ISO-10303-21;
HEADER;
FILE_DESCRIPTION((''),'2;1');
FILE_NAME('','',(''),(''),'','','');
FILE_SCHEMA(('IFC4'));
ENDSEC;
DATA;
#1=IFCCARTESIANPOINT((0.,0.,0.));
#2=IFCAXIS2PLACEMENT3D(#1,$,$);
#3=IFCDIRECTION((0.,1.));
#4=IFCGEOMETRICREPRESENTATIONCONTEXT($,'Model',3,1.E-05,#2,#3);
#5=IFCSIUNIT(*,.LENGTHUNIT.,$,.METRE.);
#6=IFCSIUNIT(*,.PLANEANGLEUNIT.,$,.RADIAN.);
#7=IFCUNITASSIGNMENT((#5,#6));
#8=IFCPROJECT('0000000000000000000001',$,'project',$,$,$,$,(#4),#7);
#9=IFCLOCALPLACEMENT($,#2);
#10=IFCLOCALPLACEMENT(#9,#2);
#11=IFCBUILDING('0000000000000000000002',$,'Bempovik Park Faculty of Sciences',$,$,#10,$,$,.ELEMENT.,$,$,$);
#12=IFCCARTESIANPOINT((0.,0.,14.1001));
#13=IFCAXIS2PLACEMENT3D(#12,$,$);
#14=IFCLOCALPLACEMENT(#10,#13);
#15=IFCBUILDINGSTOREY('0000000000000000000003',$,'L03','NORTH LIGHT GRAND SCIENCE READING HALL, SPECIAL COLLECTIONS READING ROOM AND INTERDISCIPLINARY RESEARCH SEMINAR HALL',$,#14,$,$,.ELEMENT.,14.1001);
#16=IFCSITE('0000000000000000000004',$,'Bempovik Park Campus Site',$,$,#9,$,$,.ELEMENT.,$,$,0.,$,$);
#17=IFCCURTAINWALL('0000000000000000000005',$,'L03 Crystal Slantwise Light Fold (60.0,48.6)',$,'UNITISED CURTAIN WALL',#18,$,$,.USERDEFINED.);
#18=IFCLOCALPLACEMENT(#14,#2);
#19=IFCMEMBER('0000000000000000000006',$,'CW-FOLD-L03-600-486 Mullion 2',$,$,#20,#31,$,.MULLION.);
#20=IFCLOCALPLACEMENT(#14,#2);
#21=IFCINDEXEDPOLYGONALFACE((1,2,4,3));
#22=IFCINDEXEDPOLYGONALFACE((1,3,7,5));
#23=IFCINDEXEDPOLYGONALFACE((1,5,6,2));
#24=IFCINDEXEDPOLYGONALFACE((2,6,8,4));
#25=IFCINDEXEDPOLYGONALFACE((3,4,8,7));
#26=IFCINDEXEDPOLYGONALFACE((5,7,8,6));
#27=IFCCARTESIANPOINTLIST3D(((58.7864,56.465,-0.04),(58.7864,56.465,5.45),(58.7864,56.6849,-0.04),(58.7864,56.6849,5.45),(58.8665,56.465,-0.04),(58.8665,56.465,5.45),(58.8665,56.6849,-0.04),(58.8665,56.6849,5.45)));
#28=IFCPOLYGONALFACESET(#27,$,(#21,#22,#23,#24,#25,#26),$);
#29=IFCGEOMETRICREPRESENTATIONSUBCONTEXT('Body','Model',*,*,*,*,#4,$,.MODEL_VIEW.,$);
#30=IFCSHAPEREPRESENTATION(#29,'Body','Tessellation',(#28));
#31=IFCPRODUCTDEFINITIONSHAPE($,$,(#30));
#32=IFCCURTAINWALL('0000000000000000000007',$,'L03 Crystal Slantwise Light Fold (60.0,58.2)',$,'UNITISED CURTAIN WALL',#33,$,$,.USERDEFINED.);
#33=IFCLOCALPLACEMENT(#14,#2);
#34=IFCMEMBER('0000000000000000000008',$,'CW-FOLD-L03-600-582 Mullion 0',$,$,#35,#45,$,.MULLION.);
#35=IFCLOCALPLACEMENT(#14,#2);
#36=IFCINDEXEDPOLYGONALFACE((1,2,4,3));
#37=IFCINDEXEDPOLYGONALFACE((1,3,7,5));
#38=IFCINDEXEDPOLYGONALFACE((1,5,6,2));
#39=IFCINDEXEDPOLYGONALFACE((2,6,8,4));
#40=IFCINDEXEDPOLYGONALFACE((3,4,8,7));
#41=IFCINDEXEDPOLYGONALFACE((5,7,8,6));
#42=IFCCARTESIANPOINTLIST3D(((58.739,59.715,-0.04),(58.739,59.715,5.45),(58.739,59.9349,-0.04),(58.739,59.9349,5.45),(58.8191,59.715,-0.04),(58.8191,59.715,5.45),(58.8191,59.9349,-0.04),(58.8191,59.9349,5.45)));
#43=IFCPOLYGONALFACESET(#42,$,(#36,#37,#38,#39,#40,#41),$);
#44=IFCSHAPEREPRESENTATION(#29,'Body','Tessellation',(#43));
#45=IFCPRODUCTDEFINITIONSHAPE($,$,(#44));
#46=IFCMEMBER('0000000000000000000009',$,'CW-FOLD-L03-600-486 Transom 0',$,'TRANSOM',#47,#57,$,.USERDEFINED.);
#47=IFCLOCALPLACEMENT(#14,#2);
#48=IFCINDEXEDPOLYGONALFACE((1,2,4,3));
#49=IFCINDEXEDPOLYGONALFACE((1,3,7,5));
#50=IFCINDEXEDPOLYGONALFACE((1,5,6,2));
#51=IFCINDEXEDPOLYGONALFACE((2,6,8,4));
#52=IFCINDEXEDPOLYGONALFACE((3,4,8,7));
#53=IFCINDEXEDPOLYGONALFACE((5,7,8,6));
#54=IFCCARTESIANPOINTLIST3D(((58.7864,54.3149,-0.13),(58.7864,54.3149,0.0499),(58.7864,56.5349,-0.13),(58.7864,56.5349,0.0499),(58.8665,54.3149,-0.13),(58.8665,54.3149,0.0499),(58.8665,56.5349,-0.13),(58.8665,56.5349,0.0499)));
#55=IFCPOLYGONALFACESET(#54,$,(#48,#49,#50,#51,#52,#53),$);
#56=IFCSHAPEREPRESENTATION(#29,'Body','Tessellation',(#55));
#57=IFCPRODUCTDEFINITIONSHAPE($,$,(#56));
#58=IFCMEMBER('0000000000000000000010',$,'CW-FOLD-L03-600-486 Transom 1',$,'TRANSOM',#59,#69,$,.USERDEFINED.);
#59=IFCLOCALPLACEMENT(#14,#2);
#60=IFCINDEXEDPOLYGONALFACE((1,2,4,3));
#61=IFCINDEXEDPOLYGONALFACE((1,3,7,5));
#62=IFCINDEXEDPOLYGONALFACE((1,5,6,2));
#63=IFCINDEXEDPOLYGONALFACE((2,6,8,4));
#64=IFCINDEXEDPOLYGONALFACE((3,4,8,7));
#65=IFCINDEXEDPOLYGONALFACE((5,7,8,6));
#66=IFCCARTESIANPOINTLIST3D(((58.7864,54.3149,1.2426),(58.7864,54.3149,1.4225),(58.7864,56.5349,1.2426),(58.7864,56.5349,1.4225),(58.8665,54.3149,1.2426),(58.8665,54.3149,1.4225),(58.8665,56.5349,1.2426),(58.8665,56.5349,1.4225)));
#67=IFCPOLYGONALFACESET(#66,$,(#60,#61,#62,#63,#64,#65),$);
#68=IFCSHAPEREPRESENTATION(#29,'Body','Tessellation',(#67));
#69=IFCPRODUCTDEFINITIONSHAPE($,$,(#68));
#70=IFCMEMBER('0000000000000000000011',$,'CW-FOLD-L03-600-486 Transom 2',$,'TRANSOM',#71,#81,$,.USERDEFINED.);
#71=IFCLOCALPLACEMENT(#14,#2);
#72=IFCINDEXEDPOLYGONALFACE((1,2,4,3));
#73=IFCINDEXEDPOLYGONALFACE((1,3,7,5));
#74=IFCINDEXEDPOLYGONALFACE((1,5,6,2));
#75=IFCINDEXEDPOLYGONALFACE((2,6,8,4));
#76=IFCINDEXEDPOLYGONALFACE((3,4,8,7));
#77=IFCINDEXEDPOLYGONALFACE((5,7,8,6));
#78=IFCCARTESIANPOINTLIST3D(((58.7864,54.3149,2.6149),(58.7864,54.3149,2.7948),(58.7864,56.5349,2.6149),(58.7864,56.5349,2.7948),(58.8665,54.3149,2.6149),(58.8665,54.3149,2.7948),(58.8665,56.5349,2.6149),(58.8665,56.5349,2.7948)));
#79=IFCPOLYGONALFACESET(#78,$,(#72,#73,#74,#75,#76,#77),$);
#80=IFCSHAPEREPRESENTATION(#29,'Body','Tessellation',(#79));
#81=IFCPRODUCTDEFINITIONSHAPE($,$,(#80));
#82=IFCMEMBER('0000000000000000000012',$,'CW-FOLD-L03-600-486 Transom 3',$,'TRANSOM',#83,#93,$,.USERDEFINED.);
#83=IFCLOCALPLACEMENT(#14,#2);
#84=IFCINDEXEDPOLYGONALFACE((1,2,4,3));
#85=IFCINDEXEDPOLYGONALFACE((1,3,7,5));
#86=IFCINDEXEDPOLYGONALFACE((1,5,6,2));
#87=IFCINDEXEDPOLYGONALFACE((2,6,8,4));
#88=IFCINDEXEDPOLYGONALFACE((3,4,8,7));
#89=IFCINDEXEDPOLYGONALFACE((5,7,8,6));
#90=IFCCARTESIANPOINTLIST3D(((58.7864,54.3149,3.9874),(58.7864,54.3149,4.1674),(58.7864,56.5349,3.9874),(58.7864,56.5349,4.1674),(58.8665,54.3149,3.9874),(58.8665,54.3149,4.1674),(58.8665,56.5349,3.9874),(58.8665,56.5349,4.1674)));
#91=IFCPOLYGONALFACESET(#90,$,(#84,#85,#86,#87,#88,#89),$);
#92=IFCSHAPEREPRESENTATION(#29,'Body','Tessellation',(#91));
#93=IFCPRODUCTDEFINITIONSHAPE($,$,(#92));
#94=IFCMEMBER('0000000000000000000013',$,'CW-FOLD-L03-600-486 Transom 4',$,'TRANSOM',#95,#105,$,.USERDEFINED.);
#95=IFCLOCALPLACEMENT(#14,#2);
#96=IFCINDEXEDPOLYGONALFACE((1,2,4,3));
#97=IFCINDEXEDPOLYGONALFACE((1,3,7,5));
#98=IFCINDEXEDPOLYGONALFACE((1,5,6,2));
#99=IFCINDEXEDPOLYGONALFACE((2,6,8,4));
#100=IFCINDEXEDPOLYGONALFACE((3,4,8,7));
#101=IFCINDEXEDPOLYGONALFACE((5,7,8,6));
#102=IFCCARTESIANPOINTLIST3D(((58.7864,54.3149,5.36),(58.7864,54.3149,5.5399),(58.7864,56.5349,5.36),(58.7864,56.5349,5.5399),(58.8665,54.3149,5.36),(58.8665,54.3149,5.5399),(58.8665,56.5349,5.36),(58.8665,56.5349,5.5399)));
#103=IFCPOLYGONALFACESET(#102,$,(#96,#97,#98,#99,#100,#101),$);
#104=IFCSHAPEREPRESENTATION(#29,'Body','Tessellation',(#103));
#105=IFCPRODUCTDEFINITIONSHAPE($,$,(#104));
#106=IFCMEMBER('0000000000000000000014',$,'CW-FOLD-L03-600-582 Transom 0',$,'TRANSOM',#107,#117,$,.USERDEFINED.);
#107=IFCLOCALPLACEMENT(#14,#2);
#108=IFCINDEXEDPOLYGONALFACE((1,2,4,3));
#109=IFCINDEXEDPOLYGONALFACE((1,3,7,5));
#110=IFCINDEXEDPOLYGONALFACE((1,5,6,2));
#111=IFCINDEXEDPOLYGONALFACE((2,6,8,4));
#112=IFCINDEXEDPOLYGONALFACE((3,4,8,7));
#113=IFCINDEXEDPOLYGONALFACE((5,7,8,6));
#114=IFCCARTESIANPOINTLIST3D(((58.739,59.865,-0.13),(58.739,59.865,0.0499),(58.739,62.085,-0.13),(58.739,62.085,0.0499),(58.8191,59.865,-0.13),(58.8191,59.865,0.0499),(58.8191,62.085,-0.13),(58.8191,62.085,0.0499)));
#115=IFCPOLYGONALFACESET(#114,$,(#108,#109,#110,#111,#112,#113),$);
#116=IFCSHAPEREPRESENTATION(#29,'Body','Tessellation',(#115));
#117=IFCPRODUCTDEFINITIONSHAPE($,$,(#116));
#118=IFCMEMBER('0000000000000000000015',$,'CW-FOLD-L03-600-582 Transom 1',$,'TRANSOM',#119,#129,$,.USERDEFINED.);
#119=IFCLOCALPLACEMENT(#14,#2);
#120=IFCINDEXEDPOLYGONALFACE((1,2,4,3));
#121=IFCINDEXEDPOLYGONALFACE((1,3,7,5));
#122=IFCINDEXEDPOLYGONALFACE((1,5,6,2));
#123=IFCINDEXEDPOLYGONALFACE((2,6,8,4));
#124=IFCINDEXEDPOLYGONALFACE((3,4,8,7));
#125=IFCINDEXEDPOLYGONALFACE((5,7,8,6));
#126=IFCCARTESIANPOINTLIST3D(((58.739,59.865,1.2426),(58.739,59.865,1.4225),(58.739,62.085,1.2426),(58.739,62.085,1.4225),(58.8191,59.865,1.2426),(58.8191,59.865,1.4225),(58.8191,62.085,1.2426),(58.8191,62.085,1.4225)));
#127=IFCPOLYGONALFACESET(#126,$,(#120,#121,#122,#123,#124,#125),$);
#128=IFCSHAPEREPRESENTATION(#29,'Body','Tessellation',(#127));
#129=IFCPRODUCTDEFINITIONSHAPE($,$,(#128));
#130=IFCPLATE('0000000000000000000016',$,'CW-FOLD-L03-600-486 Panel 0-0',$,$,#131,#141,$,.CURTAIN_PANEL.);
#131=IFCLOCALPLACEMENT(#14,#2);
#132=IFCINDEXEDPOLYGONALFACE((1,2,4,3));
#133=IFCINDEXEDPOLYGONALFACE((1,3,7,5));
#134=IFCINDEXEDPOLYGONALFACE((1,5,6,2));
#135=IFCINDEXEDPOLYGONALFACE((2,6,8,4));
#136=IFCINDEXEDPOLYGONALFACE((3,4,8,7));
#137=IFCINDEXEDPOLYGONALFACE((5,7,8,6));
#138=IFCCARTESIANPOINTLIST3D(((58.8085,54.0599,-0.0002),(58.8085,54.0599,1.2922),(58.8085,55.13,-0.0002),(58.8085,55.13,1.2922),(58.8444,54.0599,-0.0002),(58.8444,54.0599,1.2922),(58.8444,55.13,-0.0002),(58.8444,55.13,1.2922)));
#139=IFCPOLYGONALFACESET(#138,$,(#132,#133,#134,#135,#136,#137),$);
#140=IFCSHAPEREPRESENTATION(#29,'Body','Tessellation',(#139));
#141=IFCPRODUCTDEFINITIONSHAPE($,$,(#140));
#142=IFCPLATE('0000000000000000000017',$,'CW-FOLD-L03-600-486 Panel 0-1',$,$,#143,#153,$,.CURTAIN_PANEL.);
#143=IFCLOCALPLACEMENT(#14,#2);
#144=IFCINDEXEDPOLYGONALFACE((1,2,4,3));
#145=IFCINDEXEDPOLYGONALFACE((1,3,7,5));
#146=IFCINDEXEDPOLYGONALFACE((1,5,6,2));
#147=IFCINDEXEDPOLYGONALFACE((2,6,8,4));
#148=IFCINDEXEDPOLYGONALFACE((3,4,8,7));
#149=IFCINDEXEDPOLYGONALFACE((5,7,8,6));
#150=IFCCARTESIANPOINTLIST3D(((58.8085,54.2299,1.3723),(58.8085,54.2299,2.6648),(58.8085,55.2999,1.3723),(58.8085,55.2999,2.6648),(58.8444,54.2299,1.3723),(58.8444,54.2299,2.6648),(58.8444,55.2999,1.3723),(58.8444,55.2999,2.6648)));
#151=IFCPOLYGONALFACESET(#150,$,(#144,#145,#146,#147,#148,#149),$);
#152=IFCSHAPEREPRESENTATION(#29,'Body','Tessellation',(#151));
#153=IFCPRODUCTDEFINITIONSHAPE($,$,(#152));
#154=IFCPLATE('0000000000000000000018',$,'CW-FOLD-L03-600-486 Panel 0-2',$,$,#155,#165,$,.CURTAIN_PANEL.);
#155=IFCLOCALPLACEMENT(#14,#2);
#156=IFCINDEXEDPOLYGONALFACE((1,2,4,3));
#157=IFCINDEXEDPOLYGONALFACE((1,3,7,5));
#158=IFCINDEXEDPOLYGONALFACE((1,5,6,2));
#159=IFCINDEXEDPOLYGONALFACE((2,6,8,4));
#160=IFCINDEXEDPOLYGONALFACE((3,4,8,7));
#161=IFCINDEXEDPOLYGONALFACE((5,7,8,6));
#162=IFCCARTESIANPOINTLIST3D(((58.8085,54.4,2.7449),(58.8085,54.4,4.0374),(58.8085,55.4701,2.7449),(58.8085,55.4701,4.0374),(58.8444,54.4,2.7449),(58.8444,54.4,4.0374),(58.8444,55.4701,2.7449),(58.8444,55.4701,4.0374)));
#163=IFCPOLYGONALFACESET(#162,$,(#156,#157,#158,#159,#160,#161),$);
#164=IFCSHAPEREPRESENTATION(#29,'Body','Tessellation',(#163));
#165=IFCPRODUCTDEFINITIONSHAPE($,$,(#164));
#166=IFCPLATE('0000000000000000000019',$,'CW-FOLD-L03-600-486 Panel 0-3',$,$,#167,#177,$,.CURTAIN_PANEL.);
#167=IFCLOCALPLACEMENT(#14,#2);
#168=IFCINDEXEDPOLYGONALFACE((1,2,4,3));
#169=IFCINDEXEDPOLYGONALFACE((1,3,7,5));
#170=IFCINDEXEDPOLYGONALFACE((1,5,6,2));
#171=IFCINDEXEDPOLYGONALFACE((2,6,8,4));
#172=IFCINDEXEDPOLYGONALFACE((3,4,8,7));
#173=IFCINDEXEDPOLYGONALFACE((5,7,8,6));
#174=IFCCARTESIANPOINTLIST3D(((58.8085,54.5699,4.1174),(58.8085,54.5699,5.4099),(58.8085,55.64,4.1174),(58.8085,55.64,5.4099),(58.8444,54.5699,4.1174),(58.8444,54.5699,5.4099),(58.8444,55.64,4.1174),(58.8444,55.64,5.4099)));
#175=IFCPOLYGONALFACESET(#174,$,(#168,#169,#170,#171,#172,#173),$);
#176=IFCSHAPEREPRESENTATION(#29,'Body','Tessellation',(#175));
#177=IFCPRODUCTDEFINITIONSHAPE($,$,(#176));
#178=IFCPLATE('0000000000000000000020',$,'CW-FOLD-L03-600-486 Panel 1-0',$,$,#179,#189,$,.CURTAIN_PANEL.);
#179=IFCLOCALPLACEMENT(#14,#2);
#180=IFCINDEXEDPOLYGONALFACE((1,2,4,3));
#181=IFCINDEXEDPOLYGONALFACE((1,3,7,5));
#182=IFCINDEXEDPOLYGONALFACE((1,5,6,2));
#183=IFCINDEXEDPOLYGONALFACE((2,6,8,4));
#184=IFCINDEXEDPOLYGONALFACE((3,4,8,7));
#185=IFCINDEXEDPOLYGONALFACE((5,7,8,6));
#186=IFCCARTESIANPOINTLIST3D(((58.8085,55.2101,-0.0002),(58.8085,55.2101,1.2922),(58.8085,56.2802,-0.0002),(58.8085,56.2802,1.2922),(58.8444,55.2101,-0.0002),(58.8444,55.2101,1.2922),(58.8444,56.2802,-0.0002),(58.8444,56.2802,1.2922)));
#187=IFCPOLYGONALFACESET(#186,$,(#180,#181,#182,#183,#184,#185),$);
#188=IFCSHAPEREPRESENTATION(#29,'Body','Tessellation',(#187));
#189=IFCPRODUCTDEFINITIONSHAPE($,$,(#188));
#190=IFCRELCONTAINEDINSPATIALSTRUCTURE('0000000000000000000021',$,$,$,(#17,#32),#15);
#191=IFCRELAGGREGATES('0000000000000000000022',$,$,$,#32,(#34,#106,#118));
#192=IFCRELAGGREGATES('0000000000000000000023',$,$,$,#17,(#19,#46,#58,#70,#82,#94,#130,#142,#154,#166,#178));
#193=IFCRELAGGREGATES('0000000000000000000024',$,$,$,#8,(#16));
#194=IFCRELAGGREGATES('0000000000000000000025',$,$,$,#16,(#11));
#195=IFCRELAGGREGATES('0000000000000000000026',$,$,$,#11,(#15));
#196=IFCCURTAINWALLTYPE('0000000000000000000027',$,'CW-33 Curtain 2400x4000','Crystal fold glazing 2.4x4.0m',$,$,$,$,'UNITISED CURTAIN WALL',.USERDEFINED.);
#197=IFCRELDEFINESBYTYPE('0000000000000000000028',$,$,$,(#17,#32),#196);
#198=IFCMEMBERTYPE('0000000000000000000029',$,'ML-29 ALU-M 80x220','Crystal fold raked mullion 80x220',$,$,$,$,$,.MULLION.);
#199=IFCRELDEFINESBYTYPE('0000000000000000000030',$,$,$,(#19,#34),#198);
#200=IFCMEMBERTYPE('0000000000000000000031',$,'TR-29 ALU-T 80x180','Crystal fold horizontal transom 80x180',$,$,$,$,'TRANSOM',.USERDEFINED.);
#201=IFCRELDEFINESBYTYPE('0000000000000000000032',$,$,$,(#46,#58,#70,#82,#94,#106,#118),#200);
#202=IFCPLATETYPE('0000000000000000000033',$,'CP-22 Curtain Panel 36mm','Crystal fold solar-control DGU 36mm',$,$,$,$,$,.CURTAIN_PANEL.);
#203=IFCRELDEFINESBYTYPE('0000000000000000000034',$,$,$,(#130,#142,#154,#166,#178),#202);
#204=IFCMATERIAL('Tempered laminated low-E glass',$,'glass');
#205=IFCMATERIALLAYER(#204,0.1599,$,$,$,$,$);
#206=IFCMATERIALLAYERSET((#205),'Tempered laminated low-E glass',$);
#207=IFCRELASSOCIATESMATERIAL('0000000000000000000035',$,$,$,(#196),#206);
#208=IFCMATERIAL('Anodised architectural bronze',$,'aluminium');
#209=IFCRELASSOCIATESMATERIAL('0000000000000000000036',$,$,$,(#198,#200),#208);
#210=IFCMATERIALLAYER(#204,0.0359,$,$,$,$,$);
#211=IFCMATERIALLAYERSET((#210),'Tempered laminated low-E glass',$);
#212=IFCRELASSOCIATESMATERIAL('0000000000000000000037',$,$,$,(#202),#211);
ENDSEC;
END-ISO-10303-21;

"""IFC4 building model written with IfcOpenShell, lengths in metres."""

from ifc_helpers import new_model, si_unit, direction, frame, origin, origin_2d, place, context, subcontext, project, spatial, rectangle, extrude, material, layer, layer_set, material_profile, profile_set, type_object, element, aggregate, save


model = new_model("IFC4")

# Units and contexts
model_context = context("Model", 3, precision=1e-05, world=origin(), true_north=direction((0.0, 1.0)))
body_context = subcontext(model_context, "Body", "Model", "MODEL_VIEW")
ifc_project = project(units=[si_unit("LENGTHUNIT", "METRE"), si_unit("PLANEANGLEUNIT", "RADIAN")], contexts=[model_context])

# Site, building, storey
site_placement = place(None, origin())
site = spatial("IfcSite", under=ifc_project, at=site_placement, Name="Bempovik Park Campus Site", CompositionType="ELEMENT", RefElevation=0.0)
building_placement = place(site_placement, origin())
building = spatial("IfcBuilding", under=site, at=building_placement, Name="Bempovik Park Faculty of Sciences", CompositionType="ELEMENT")
storey_placement = place(building_placement, frame((0.0, 0.0, 14.1001)))
storey = spatial("IfcBuildingStorey", under=building, at=storey_placement, Name="L03", Description="NORTH LIGHT GRAND SCIENCE READING HALL, SPECIAL COLLECTIONS READING ROOM AND INTERDISCIPLINARY RESEARCH SEMINAR HALL", CompositionType="ELEMENT", Elevation=14.1001)

# Curtain wall, member
ifc_material_1 = material(Name="Tempered laminated low-E glass", Category="glass")
ifc_layer_1 = layer(ifc_material_1, 0.1599)
ifc_layer_set_1 = layer_set([ifc_layer_1], Name="Tempered laminated low-E glass")
curtain_wall_type = type_object("IfcCurtainWallType", Name="CW-33 Curtain 2400x4000", Description="Crystal fold glazing 2.4x4.0m", ElementType="UNITISED CURTAIN WALL", PredefinedType="USERDEFINED", material=ifc_layer_set_1)
curtain_wall_1_placement = place(storey_placement, origin())
curtain_wall_1 = element("IfcCurtainWall", 1, at=curtain_wall_1_placement, inside=storey, type_object=curtain_wall_type, Name="L03 Crystal Slantwise Light Fold (60.0,48.6)", ObjectType="UNITISED CURTAIN WALL", PredefinedType="USERDEFINED")
ifc_material_2 = material(Name="Anodised architectural bronze", Category="aluminium")
ifc_material_profile_1 = material_profile(ifc_material_2, rectangle(XDim=0.0801, YDim=0.22, at=origin_2d()), Name="ALU-M 80x220")
ifc_profile_set_1 = profile_set([ifc_material_profile_1], Name="Anodised architectural bronze")
member_type_1 = type_object("IfcMemberType", Name="ML-29 ALU-M 80x220", Description="Crystal fold raked mullion 80x220", PredefinedType="MULLION", material=ifc_profile_set_1)
member_1_placement = place(storey_placement, frame((58.8264, 56.575, -0.04), z_axis=(0.0, 0.0, 1.0), x_axis=(1.0, 0.0, 0.0)))
member_1 = element("IfcMember", 2, at=member_1_placement, type_object=member_type_1, Name="CW-FOLD-L03-600-486 Mullion 2", PredefinedType="MULLION", context=body_context, shape_type="SweptSolid", body=[
    extrude(rectangle(XDim=0.0801, YDim=0.22, at=origin_2d()), origin(), (0.0, 0.0, 1.0), 5.49),
])

# Curtain wall, member
curtain_wall_2_placement = place(storey_placement, origin())
curtain_wall_2 = element("IfcCurtainWall", 3, at=curtain_wall_2_placement, inside=storey, type_object=curtain_wall_type, Name="L03 Crystal Slantwise Light Fold (60.0,58.2)", ObjectType="UNITISED CURTAIN WALL", PredefinedType="USERDEFINED")
member_2_placement = place(storey_placement, frame((58.7791, 59.825, -0.04), z_axis=(0.0, 0.0, 1.0), x_axis=(1.0, 0.0, 0.0)))
member_2 = element("IfcMember", 4, at=member_2_placement, type_object=member_type_1, Name="CW-FOLD-L03-600-582 Mullion 0", PredefinedType="MULLION", context=body_context, shape_type="SweptSolid", body=[
    extrude(rectangle(XDim=0.0801, YDim=0.22, at=origin_2d()), origin(), (0.0, 0.0, 1.0), 5.49),
])

# Members
ifc_material_profile_2 = material_profile(ifc_material_2, rectangle(XDim=0.0801, YDim=0.1799, at=origin_2d()), Name="ALU-T 80x180")
ifc_profile_set_2 = profile_set([ifc_material_profile_2], Name="Anodised architectural bronze")
member_type_2 = type_object("IfcMemberType", Name="TR-29 ALU-T 80x180", Description="Crystal fold horizontal transom 80x180", ElementType="TRANSOM", PredefinedType="USERDEFINED", material=ifc_profile_set_2)
member_3_placement = place(storey_placement, frame((58.8264, 54.3149, -0.04), z_axis=(0.0, 1.0, 0.0), x_axis=(-1.0, 0.0, 0.0)))
member_3 = element("IfcMember", 5, at=member_3_placement, type_object=member_type_2, Name="CW-FOLD-L03-600-486 Transom 0", ObjectType="TRANSOM", PredefinedType="USERDEFINED", context=body_context, shape_type="SweptSolid", body=[
    extrude(rectangle(XDim=0.0801, YDim=0.1799, at=origin_2d()), origin(), (0.0, 0.0, 1.0), 2.22),
])
member_4_placement = place(storey_placement, frame((58.8264, 54.3149, 1.3325), z_axis=(0.0, 1.0, 0.0), x_axis=(-1.0, 0.0, 0.0)))
member_4 = element("IfcMember", 6, at=member_4_placement, type_object=member_type_2, Name="CW-FOLD-L03-600-486 Transom 1", ObjectType="TRANSOM", PredefinedType="USERDEFINED", context=body_context, shape_type="SweptSolid", body=[
    extrude(rectangle(XDim=0.0801, YDim=0.1799, at=origin_2d()), origin(), (0.0, 0.0, 1.0), 2.22),
])
member_5_placement = place(storey_placement, frame((58.8264, 54.3149, 2.7048), z_axis=(0.0, 1.0, 0.0), x_axis=(-1.0, 0.0, 0.0)))
member_5 = element("IfcMember", 7, at=member_5_placement, type_object=member_type_2, Name="CW-FOLD-L03-600-486 Transom 2", ObjectType="TRANSOM", PredefinedType="USERDEFINED", context=body_context, shape_type="SweptSolid", body=[
    extrude(rectangle(XDim=0.0801, YDim=0.1799, at=origin_2d()), origin(), (0.0, 0.0, 1.0), 2.22),
])
member_6_placement = place(storey_placement, frame((58.8264, 54.3149, 4.0774), z_axis=(0.0, 1.0, 0.0), x_axis=(-1.0, 0.0, 0.0)))
member_6 = element("IfcMember", 8, at=member_6_placement, type_object=member_type_2, Name="CW-FOLD-L03-600-486 Transom 3", ObjectType="TRANSOM", PredefinedType="USERDEFINED", context=body_context, shape_type="SweptSolid", body=[
    extrude(rectangle(XDim=0.0801, YDim=0.1799, at=origin_2d()), origin(), (0.0, 0.0, 1.0), 2.22),
])
member_7_placement = place(storey_placement, frame((58.8264, 54.3149, 5.45), z_axis=(0.0, 1.0, 0.0), x_axis=(-1.0, 0.0, 0.0)))
member_7 = element("IfcMember", 9, at=member_7_placement, type_object=member_type_2, Name="CW-FOLD-L03-600-486 Transom 4", ObjectType="TRANSOM", PredefinedType="USERDEFINED", context=body_context, shape_type="SweptSolid", body=[
    extrude(rectangle(XDim=0.0801, YDim=0.1799, at=origin_2d()), origin(), (0.0, 0.0, 1.0), 2.22),
])
member_8_placement = place(storey_placement, frame((58.7791, 59.865, -0.04), z_axis=(0.0, 1.0, 0.0), x_axis=(-1.0, 0.0, 0.0)))
member_8 = element("IfcMember", 10, at=member_8_placement, type_object=member_type_2, Name="CW-FOLD-L03-600-582 Transom 0", ObjectType="TRANSOM", PredefinedType="USERDEFINED", context=body_context, shape_type="SweptSolid", body=[
    extrude(rectangle(XDim=0.0801, YDim=0.1799, at=origin_2d()), origin(), (0.0, 0.0, 1.0), 2.22),
])
member_9_placement = place(storey_placement, frame((58.7791, 59.865, 1.3325), z_axis=(0.0, 1.0, 0.0), x_axis=(-1.0, 0.0, 0.0)))
member_9 = element("IfcMember", 11, at=member_9_placement, type_object=member_type_2, Name="CW-FOLD-L03-600-582 Transom 1", ObjectType="TRANSOM", PredefinedType="USERDEFINED", context=body_context, shape_type="SweptSolid", body=[
    extrude(rectangle(XDim=0.0801, YDim=0.1799, at=origin_2d()), origin(), (0.0, 0.0, 1.0), 2.22),
])
aggregate(curtain_wall_2, [member_2, member_8, member_9])

# Plates
ifc_layer_2 = layer(ifc_material_1, 0.0359)
ifc_layer_set_2 = layer_set([ifc_layer_2], Name="Tempered laminated low-E glass")
plate_type_1 = type_object("IfcPlateType", Name="CP-22 Curtain Panel 36mm", Description="Crystal fold solar-control DGU 36mm", PredefinedType="CURTAIN_PANEL", material=ifc_layer_set_2)
plate_1_placement = place(storey_placement, frame((58.8264, 54.595, -0.0002), z_axis=(0.0, 0.0, 1.0), x_axis=(0.0, 1.0, 0.0)))
plate_1 = element("IfcPlate", 12, at=plate_1_placement, type_object=plate_type_1, Name="CW-FOLD-L03-600-486 Panel 0-0", PredefinedType="CURTAIN_PANEL", context=body_context, shape_type="SweptSolid", body=[
    extrude(rectangle(XDim=1.0701, YDim=0.0359, at=origin_2d()), origin(), (0.0, 0.0, 1.0), 1.2925),
])
plate_2_placement = place(storey_placement, frame((58.8264, 54.7649, 1.3723), z_axis=(0.0, 0.0, 1.0), x_axis=(0.0, 1.0, 0.0)))
plate_2 = element("IfcPlate", 13, at=plate_2_placement, type_object=plate_type_1, Name="CW-FOLD-L03-600-486 Panel 0-1", PredefinedType="CURTAIN_PANEL", context=body_context, shape_type="SweptSolid", body=[
    extrude(rectangle(XDim=1.0701, YDim=0.0359, at=origin_2d()), origin(), (0.0, 0.0, 1.0), 1.2925),
])
plate_3_placement = place(storey_placement, frame((58.8264, 54.9351, 2.7449), z_axis=(0.0, 0.0, 1.0), x_axis=(0.0, 1.0, 0.0)))
plate_3 = element("IfcPlate", 14, at=plate_3_placement, type_object=plate_type_1, Name="CW-FOLD-L03-600-486 Panel 0-2", PredefinedType="CURTAIN_PANEL", context=body_context, shape_type="SweptSolid", body=[
    extrude(rectangle(XDim=1.0701, YDim=0.0359, at=origin_2d()), origin(), (0.0, 0.0, 1.0), 1.2925),
])
plate_4_placement = place(storey_placement, frame((58.8264, 55.105, 4.1174), z_axis=(0.0, 0.0, 1.0), x_axis=(0.0, 1.0, 0.0)))
plate_4 = element("IfcPlate", 15, at=plate_4_placement, type_object=plate_type_1, Name="CW-FOLD-L03-600-486 Panel 0-3", PredefinedType="CURTAIN_PANEL", context=body_context, shape_type="SweptSolid", body=[
    extrude(rectangle(XDim=1.0701, YDim=0.0359, at=origin_2d()), origin(), (0.0, 0.0, 1.0), 1.2925),
])
plate_5_placement = place(storey_placement, frame((58.8264, 55.7451, -0.0002), z_axis=(0.0, 0.0, 1.0), x_axis=(0.0, 1.0, 0.0)))
plate_5 = element("IfcPlate", 16, at=plate_5_placement, type_object=plate_type_1, Name="CW-FOLD-L03-600-486 Panel 1-0", PredefinedType="CURTAIN_PANEL", context=body_context, shape_type="SweptSolid", body=[
    extrude(rectangle(XDim=1.0701, YDim=0.0359, at=origin_2d()), origin(), (0.0, 0.0, 1.0), 1.2925),
])
aggregate(curtain_wall_1, [member_1, member_3, member_4, member_5, member_6, member_7, plate_1, plate_2, plate_3, plate_4, plate_5])

save(model, "model.ifc")
